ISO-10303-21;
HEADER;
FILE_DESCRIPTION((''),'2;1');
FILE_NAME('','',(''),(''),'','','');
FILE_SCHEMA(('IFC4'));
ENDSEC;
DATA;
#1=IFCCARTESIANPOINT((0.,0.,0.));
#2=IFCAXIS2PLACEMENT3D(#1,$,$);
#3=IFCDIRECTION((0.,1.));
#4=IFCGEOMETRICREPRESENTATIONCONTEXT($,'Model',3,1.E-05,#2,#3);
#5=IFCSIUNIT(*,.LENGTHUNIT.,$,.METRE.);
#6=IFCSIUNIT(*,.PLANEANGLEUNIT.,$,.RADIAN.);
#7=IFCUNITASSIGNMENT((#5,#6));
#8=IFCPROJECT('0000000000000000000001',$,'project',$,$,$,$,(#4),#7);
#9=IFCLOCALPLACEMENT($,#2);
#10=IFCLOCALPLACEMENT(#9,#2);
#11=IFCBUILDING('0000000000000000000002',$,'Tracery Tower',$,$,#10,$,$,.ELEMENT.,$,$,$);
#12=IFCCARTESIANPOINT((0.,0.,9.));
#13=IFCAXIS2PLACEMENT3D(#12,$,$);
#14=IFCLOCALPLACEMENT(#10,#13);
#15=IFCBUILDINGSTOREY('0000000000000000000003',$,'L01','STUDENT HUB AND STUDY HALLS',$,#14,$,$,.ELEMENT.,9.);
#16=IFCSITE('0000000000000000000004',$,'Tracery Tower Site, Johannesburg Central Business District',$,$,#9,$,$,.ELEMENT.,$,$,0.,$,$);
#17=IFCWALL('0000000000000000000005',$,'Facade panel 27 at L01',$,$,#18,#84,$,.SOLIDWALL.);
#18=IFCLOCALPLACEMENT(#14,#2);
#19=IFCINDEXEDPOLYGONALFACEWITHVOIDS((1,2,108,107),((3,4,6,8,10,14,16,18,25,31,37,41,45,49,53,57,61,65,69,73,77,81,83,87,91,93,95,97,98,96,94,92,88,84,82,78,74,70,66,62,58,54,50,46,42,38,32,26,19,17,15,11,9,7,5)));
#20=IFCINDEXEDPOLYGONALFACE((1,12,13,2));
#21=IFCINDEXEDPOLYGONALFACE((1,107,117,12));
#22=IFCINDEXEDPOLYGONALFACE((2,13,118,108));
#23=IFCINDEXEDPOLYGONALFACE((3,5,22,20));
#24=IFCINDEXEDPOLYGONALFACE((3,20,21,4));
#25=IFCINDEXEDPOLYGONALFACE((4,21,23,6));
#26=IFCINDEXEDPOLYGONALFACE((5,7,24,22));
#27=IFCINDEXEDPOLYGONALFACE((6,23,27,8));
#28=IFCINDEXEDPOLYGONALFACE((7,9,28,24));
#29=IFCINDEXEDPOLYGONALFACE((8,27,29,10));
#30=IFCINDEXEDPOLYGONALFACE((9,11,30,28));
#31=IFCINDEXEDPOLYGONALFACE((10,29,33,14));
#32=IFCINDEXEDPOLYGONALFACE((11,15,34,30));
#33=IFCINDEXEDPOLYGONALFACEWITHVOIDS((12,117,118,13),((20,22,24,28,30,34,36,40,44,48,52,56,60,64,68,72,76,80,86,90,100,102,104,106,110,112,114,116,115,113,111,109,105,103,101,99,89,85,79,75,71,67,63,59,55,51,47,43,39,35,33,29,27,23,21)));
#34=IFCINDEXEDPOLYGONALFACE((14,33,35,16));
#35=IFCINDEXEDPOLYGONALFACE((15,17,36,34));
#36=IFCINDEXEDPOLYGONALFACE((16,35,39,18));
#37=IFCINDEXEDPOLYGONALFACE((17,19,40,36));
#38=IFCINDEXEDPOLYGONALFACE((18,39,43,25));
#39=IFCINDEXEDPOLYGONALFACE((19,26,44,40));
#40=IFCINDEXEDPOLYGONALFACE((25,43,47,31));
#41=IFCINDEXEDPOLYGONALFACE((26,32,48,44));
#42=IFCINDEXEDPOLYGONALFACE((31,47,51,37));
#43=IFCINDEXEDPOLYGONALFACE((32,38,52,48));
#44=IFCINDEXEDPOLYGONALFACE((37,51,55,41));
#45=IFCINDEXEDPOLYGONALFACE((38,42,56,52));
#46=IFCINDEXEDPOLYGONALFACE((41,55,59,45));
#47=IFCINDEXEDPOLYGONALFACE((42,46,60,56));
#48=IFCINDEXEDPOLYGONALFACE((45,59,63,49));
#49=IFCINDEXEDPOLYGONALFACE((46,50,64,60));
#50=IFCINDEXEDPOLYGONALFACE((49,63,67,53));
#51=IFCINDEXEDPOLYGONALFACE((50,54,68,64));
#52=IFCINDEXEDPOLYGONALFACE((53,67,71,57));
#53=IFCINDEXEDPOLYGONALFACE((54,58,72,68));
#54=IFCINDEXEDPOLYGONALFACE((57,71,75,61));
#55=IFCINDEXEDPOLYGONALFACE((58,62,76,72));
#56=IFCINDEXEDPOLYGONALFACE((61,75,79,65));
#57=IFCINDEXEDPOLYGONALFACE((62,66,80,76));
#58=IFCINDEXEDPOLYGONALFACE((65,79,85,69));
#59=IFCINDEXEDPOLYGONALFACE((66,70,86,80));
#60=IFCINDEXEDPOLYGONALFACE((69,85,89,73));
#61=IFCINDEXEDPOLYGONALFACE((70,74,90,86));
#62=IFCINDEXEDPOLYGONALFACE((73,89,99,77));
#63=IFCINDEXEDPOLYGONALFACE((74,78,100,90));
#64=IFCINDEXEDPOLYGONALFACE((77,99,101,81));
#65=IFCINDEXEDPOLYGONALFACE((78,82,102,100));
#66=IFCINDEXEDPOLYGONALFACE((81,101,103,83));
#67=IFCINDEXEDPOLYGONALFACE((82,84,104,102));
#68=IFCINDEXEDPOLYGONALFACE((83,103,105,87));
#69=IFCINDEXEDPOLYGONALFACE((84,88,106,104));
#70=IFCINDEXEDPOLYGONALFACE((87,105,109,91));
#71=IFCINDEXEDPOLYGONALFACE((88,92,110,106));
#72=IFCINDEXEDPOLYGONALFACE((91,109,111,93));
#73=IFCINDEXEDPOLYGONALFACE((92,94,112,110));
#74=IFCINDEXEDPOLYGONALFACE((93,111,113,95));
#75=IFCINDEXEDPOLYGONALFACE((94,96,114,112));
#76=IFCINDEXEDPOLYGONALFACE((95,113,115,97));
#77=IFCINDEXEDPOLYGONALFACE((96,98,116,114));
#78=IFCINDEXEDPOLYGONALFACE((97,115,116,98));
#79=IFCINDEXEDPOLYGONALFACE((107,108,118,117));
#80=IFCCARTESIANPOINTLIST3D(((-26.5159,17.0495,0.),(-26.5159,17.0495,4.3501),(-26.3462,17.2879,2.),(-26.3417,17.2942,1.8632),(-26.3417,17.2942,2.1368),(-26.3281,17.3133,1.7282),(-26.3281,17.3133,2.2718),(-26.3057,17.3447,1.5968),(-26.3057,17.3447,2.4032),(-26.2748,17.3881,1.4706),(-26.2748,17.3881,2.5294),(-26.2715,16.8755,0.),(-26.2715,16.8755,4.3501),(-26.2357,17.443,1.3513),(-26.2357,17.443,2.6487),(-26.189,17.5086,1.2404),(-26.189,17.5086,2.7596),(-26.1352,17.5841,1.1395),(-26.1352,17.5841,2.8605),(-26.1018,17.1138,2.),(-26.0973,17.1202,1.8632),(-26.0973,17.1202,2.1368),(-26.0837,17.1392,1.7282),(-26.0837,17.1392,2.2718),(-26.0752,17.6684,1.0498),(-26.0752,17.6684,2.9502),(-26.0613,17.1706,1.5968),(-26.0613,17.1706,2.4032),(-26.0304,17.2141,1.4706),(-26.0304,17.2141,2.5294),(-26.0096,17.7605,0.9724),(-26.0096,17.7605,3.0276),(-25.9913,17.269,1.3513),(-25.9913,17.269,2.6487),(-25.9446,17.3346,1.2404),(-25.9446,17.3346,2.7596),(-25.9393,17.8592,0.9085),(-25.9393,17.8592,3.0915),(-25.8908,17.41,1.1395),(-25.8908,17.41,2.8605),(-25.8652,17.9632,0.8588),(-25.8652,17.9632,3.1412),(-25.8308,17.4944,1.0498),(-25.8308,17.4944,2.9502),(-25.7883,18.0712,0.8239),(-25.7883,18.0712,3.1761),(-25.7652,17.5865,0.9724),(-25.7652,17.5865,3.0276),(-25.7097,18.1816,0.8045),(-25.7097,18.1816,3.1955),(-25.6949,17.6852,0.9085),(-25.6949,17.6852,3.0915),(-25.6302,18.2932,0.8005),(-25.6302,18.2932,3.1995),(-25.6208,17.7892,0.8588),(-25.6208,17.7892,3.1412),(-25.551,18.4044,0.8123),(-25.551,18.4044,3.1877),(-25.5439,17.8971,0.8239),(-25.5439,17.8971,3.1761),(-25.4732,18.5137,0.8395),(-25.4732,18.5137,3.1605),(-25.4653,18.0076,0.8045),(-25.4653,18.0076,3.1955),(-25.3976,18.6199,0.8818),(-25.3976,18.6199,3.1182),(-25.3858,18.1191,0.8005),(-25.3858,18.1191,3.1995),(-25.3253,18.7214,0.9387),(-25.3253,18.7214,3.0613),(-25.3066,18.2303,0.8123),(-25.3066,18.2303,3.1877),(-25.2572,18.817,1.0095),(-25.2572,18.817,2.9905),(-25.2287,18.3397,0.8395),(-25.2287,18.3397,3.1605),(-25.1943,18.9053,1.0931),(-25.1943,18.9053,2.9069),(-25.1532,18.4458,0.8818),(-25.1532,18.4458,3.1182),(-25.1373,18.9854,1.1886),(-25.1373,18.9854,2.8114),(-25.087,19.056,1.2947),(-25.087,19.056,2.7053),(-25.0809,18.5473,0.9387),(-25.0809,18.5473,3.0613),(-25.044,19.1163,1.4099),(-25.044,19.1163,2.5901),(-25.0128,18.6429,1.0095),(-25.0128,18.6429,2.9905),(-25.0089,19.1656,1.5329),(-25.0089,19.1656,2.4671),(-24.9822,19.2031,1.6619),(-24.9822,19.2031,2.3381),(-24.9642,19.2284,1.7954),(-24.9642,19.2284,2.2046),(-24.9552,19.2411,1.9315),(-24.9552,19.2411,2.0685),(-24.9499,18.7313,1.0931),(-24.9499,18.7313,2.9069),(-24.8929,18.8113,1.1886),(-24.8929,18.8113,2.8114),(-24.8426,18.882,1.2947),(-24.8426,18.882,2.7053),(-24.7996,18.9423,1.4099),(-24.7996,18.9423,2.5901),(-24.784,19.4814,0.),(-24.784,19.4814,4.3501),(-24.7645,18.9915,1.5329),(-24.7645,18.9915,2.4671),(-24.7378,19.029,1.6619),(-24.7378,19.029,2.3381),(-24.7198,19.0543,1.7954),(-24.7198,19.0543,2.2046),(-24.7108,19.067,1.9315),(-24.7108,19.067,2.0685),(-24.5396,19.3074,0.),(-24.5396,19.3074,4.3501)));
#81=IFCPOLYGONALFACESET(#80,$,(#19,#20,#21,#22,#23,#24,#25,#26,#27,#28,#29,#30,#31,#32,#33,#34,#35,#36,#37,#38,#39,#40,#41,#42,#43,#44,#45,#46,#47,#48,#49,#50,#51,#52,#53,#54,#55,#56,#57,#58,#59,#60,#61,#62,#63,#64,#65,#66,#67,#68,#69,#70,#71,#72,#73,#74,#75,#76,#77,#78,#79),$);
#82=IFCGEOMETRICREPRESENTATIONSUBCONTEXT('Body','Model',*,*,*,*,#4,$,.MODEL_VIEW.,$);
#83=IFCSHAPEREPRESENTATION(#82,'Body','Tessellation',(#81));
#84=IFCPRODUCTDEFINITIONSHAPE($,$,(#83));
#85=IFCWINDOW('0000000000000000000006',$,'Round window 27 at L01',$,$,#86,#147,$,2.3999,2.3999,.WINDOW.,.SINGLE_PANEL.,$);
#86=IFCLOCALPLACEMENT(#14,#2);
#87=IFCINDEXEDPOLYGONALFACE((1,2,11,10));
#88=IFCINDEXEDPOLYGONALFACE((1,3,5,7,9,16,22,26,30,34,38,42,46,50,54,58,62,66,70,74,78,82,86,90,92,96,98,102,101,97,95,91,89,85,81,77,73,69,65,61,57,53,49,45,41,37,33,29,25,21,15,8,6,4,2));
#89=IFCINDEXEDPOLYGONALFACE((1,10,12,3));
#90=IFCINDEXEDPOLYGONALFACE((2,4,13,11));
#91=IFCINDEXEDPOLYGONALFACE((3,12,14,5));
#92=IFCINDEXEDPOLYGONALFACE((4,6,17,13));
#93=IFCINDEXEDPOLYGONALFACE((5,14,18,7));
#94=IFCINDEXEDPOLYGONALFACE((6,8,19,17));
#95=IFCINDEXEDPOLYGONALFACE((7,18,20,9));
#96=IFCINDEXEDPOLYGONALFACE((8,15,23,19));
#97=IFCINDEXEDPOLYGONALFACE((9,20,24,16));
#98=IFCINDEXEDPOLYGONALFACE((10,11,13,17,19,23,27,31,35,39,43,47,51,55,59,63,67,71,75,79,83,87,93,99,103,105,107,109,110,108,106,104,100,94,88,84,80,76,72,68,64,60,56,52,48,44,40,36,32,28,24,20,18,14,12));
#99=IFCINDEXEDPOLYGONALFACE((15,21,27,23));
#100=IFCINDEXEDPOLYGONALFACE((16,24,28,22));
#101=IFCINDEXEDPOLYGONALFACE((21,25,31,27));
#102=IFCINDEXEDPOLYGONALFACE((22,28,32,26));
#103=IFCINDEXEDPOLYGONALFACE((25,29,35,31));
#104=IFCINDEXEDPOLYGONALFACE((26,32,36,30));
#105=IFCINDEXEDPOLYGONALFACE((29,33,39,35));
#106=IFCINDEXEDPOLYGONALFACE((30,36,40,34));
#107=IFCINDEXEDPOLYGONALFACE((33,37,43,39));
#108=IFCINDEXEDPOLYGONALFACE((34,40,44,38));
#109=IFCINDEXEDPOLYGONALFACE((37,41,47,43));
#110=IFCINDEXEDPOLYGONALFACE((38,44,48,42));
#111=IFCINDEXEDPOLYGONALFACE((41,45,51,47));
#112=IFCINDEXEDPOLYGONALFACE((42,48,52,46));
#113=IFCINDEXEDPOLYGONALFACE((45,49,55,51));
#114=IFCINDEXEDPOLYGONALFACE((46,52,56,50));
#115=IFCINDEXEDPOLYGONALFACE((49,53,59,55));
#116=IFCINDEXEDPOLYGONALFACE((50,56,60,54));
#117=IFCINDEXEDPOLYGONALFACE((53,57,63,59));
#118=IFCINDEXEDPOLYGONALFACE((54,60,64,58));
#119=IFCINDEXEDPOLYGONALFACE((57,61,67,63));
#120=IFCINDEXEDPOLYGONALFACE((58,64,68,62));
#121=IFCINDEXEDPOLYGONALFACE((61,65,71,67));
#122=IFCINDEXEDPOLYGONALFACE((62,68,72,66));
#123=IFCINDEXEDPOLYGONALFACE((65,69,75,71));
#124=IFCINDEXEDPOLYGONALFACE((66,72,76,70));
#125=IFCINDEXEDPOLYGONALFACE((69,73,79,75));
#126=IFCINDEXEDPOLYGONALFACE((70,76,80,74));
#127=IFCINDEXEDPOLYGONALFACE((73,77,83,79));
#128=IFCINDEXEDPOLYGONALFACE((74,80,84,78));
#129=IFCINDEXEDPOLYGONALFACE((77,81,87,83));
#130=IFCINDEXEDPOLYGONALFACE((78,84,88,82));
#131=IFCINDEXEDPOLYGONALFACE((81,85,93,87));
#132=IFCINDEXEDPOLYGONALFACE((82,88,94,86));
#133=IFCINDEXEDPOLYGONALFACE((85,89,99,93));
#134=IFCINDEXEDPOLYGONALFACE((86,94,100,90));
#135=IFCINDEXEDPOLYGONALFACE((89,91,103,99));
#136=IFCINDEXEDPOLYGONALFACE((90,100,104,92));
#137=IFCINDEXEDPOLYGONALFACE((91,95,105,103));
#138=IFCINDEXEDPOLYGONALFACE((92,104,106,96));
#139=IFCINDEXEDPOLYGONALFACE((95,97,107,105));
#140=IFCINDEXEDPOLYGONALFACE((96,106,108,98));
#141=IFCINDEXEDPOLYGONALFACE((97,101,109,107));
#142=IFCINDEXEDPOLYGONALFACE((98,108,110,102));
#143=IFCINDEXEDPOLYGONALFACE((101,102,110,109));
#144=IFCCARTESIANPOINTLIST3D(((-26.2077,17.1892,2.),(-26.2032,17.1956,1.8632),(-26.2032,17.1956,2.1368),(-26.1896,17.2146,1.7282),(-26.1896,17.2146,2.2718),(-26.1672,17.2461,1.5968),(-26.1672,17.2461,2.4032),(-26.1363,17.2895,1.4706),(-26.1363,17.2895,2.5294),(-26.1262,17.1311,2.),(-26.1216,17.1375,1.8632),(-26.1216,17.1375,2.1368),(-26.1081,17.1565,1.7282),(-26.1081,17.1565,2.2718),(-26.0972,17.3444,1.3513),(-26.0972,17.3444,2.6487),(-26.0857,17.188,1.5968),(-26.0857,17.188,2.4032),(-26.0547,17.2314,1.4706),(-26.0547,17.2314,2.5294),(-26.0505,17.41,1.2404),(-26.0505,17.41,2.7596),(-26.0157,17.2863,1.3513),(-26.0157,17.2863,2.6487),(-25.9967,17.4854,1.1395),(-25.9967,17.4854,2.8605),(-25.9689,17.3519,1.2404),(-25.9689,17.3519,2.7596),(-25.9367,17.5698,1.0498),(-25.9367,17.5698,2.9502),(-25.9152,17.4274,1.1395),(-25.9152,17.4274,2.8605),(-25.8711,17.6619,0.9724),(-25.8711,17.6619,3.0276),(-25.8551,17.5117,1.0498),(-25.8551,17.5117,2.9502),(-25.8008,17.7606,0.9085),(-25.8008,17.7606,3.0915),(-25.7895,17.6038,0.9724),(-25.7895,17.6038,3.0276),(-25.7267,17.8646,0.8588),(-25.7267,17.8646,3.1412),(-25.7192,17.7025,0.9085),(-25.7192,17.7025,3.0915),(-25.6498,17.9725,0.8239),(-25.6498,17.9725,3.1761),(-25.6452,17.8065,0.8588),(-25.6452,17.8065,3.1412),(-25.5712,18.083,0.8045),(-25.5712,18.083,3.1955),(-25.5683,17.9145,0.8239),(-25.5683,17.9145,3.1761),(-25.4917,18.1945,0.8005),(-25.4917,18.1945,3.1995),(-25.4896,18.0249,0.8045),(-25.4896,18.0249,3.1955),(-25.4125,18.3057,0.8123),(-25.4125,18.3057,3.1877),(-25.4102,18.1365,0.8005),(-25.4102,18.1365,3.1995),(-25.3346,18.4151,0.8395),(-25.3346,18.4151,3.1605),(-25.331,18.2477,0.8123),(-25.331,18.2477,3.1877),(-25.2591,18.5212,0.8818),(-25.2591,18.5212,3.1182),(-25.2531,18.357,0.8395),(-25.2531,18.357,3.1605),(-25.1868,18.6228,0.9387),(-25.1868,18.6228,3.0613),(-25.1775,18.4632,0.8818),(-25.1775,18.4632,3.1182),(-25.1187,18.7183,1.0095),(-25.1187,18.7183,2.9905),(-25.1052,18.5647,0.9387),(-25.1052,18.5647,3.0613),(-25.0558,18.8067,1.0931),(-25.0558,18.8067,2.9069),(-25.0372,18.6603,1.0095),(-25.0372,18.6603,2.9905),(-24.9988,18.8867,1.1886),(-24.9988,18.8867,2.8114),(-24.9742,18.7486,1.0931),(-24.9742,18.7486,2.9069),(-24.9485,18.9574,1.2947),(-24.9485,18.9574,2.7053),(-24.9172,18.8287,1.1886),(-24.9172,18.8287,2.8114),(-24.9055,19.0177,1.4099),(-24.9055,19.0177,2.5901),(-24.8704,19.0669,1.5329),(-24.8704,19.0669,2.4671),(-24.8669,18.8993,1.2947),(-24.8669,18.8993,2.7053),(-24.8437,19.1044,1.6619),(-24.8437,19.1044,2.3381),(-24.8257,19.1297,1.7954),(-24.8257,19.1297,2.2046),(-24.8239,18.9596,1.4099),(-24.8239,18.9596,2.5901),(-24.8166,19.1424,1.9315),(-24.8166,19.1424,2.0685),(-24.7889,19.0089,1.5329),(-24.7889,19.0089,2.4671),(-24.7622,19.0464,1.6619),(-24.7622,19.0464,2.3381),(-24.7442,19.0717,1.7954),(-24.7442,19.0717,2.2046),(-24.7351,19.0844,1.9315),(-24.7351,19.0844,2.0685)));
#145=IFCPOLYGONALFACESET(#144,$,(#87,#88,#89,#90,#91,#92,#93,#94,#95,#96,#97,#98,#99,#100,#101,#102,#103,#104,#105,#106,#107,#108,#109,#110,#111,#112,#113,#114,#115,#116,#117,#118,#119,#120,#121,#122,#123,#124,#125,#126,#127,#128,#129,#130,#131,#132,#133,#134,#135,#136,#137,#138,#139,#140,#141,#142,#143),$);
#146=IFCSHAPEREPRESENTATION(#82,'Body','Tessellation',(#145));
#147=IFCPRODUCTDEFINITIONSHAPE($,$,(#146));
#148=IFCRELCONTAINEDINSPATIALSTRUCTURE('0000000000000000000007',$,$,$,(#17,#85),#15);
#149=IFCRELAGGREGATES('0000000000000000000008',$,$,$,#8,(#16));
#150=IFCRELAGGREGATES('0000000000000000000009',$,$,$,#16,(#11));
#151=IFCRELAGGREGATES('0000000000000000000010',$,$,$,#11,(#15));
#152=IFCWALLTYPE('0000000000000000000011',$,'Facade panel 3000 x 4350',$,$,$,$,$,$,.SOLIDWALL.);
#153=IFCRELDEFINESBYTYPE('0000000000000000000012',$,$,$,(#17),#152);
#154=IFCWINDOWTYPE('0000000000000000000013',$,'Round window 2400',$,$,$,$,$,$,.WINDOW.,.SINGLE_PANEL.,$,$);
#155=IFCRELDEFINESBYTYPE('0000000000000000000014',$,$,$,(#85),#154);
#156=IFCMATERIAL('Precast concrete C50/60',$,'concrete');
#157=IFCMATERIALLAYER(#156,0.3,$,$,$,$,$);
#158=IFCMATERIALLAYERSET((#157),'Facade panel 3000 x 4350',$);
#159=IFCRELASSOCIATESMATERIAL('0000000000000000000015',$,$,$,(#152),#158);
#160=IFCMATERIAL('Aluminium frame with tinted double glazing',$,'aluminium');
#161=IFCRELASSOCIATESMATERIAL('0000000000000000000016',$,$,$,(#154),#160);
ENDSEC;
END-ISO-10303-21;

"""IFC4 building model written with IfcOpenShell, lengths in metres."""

from ifc_helpers import new_model, si_unit, direction, frame, frame_2d, origin, origin_2d, place, context, subcontext, project, spatial, rectangle, circle, extrude, material, layer, layer_set, type_object, element, fill, save


model = new_model("IFC4")

# Units and contexts
model_context = context("Model", 3, precision=1e-05, world=origin(), true_north=direction((0.0, 1.0)))
body_context = subcontext(model_context, "Body", "Model", "MODEL_VIEW")
ifc_project = project(units=[si_unit("LENGTHUNIT", "METRE"), si_unit("PLANEANGLEUNIT", "RADIAN")], contexts=[model_context])

# Site, building, storey
site_placement = place(None, origin())
site = spatial("IfcSite", under=ifc_project, at=site_placement, Name="Tracery Tower Site, Johannesburg Central Business District", CompositionType="ELEMENT", RefElevation=0.0)
building_placement = place(site_placement, origin())
building = spatial("IfcBuilding", under=site, at=building_placement, Name="Tracery Tower", CompositionType="ELEMENT")
storey_placement = place(building_placement, frame((0.0, 0.0, 9.0)))
storey = spatial("IfcBuildingStorey", under=building, at=storey_placement, Name="L01", Description="STUDENT HUB AND STUDY HALLS", CompositionType="ELEMENT", Elevation=9.0)

# Wall, opening, window
ifc_material_1 = material(Name="Precast concrete C50/60", Category="concrete")
ifc_layer_1 = layer(ifc_material_1, 0.3)
ifc_layer_set_1 = layer_set([ifc_layer_1], Name="Facade panel 3000 x 4350")
wall_type_1 = type_object("IfcWallType", Name="Facade panel 3000 x 4350", PredefinedType="SOLIDWALL", material=ifc_layer_set_1)
ifc_material_2 = material(Name="Aluminium frame with tinted double glazing", Category="aluminium")
window_type = type_object("IfcWindowType", Name="Round window 2400", PartitioningType="SINGLE_PANEL", PredefinedType="WINDOW", material=ifc_material_2)
wall_1_placement = place(storey_placement, frame((-24.6619, 19.3943, 0.0), z_axis=(0.0, 0.0, 1.0), x_axis=(-0.580101, -0.814545, 0.0)))
wall_1 = element("IfcWall", 1, at=wall_1_placement, inside=storey, type_object=wall_type_1, Name="Facade panel 27 at L01", PredefinedType="SOLIDWALL", context=body_context, shape_type="SweptSolid", body=[
    extrude(rectangle(XDim=2.9856, YDim=0.3, at=frame_2d((1.4927, 0.0))), origin(), (0.0, 0.0, 1.0), 4.3501),
])
opening_1_placement = place(wall_1_placement, frame((1.4929, 0.0, 2.0)))
opening_1 = element("IfcOpeningElement", 2, at=opening_1_placement, cuts=wall_1, PredefinedType="OPENING", context=body_context, shape_type="SweptSolid", body=[
    extrude(circle(Radius=1.2, at=origin_2d()), frame((0.0, 0.1599, 0.0), z_axis=(0.0, -1.0, 0.0), x_axis=(1.0, 0.0, 0.0)), (0.0, 0.0, 1.0), 0.3201),
])
window_1_placement = place(opening_1_placement, origin())
window_1 = element("IfcWindow", 3, at=window_1_placement, inside=storey, type_object=window_type, Name="Round window 27 at L01", OverallHeight=2.3999, OverallWidth=2.3999, PartitioningType="SINGLE_PANEL", PredefinedType="WINDOW", context=body_context, shape_type="SweptSolid", body=[
    extrude(circle(Radius=1.2, at=origin_2d()), frame((0.0, 0.1201, 0.0), z_axis=(0.0, -1.0, 0.0), x_axis=(1.0, 0.0, 0.0)), (0.0, 0.0, 1.0), 0.1001),
])
fill(opening_1, window_1)

save(model, "model.ifc")
